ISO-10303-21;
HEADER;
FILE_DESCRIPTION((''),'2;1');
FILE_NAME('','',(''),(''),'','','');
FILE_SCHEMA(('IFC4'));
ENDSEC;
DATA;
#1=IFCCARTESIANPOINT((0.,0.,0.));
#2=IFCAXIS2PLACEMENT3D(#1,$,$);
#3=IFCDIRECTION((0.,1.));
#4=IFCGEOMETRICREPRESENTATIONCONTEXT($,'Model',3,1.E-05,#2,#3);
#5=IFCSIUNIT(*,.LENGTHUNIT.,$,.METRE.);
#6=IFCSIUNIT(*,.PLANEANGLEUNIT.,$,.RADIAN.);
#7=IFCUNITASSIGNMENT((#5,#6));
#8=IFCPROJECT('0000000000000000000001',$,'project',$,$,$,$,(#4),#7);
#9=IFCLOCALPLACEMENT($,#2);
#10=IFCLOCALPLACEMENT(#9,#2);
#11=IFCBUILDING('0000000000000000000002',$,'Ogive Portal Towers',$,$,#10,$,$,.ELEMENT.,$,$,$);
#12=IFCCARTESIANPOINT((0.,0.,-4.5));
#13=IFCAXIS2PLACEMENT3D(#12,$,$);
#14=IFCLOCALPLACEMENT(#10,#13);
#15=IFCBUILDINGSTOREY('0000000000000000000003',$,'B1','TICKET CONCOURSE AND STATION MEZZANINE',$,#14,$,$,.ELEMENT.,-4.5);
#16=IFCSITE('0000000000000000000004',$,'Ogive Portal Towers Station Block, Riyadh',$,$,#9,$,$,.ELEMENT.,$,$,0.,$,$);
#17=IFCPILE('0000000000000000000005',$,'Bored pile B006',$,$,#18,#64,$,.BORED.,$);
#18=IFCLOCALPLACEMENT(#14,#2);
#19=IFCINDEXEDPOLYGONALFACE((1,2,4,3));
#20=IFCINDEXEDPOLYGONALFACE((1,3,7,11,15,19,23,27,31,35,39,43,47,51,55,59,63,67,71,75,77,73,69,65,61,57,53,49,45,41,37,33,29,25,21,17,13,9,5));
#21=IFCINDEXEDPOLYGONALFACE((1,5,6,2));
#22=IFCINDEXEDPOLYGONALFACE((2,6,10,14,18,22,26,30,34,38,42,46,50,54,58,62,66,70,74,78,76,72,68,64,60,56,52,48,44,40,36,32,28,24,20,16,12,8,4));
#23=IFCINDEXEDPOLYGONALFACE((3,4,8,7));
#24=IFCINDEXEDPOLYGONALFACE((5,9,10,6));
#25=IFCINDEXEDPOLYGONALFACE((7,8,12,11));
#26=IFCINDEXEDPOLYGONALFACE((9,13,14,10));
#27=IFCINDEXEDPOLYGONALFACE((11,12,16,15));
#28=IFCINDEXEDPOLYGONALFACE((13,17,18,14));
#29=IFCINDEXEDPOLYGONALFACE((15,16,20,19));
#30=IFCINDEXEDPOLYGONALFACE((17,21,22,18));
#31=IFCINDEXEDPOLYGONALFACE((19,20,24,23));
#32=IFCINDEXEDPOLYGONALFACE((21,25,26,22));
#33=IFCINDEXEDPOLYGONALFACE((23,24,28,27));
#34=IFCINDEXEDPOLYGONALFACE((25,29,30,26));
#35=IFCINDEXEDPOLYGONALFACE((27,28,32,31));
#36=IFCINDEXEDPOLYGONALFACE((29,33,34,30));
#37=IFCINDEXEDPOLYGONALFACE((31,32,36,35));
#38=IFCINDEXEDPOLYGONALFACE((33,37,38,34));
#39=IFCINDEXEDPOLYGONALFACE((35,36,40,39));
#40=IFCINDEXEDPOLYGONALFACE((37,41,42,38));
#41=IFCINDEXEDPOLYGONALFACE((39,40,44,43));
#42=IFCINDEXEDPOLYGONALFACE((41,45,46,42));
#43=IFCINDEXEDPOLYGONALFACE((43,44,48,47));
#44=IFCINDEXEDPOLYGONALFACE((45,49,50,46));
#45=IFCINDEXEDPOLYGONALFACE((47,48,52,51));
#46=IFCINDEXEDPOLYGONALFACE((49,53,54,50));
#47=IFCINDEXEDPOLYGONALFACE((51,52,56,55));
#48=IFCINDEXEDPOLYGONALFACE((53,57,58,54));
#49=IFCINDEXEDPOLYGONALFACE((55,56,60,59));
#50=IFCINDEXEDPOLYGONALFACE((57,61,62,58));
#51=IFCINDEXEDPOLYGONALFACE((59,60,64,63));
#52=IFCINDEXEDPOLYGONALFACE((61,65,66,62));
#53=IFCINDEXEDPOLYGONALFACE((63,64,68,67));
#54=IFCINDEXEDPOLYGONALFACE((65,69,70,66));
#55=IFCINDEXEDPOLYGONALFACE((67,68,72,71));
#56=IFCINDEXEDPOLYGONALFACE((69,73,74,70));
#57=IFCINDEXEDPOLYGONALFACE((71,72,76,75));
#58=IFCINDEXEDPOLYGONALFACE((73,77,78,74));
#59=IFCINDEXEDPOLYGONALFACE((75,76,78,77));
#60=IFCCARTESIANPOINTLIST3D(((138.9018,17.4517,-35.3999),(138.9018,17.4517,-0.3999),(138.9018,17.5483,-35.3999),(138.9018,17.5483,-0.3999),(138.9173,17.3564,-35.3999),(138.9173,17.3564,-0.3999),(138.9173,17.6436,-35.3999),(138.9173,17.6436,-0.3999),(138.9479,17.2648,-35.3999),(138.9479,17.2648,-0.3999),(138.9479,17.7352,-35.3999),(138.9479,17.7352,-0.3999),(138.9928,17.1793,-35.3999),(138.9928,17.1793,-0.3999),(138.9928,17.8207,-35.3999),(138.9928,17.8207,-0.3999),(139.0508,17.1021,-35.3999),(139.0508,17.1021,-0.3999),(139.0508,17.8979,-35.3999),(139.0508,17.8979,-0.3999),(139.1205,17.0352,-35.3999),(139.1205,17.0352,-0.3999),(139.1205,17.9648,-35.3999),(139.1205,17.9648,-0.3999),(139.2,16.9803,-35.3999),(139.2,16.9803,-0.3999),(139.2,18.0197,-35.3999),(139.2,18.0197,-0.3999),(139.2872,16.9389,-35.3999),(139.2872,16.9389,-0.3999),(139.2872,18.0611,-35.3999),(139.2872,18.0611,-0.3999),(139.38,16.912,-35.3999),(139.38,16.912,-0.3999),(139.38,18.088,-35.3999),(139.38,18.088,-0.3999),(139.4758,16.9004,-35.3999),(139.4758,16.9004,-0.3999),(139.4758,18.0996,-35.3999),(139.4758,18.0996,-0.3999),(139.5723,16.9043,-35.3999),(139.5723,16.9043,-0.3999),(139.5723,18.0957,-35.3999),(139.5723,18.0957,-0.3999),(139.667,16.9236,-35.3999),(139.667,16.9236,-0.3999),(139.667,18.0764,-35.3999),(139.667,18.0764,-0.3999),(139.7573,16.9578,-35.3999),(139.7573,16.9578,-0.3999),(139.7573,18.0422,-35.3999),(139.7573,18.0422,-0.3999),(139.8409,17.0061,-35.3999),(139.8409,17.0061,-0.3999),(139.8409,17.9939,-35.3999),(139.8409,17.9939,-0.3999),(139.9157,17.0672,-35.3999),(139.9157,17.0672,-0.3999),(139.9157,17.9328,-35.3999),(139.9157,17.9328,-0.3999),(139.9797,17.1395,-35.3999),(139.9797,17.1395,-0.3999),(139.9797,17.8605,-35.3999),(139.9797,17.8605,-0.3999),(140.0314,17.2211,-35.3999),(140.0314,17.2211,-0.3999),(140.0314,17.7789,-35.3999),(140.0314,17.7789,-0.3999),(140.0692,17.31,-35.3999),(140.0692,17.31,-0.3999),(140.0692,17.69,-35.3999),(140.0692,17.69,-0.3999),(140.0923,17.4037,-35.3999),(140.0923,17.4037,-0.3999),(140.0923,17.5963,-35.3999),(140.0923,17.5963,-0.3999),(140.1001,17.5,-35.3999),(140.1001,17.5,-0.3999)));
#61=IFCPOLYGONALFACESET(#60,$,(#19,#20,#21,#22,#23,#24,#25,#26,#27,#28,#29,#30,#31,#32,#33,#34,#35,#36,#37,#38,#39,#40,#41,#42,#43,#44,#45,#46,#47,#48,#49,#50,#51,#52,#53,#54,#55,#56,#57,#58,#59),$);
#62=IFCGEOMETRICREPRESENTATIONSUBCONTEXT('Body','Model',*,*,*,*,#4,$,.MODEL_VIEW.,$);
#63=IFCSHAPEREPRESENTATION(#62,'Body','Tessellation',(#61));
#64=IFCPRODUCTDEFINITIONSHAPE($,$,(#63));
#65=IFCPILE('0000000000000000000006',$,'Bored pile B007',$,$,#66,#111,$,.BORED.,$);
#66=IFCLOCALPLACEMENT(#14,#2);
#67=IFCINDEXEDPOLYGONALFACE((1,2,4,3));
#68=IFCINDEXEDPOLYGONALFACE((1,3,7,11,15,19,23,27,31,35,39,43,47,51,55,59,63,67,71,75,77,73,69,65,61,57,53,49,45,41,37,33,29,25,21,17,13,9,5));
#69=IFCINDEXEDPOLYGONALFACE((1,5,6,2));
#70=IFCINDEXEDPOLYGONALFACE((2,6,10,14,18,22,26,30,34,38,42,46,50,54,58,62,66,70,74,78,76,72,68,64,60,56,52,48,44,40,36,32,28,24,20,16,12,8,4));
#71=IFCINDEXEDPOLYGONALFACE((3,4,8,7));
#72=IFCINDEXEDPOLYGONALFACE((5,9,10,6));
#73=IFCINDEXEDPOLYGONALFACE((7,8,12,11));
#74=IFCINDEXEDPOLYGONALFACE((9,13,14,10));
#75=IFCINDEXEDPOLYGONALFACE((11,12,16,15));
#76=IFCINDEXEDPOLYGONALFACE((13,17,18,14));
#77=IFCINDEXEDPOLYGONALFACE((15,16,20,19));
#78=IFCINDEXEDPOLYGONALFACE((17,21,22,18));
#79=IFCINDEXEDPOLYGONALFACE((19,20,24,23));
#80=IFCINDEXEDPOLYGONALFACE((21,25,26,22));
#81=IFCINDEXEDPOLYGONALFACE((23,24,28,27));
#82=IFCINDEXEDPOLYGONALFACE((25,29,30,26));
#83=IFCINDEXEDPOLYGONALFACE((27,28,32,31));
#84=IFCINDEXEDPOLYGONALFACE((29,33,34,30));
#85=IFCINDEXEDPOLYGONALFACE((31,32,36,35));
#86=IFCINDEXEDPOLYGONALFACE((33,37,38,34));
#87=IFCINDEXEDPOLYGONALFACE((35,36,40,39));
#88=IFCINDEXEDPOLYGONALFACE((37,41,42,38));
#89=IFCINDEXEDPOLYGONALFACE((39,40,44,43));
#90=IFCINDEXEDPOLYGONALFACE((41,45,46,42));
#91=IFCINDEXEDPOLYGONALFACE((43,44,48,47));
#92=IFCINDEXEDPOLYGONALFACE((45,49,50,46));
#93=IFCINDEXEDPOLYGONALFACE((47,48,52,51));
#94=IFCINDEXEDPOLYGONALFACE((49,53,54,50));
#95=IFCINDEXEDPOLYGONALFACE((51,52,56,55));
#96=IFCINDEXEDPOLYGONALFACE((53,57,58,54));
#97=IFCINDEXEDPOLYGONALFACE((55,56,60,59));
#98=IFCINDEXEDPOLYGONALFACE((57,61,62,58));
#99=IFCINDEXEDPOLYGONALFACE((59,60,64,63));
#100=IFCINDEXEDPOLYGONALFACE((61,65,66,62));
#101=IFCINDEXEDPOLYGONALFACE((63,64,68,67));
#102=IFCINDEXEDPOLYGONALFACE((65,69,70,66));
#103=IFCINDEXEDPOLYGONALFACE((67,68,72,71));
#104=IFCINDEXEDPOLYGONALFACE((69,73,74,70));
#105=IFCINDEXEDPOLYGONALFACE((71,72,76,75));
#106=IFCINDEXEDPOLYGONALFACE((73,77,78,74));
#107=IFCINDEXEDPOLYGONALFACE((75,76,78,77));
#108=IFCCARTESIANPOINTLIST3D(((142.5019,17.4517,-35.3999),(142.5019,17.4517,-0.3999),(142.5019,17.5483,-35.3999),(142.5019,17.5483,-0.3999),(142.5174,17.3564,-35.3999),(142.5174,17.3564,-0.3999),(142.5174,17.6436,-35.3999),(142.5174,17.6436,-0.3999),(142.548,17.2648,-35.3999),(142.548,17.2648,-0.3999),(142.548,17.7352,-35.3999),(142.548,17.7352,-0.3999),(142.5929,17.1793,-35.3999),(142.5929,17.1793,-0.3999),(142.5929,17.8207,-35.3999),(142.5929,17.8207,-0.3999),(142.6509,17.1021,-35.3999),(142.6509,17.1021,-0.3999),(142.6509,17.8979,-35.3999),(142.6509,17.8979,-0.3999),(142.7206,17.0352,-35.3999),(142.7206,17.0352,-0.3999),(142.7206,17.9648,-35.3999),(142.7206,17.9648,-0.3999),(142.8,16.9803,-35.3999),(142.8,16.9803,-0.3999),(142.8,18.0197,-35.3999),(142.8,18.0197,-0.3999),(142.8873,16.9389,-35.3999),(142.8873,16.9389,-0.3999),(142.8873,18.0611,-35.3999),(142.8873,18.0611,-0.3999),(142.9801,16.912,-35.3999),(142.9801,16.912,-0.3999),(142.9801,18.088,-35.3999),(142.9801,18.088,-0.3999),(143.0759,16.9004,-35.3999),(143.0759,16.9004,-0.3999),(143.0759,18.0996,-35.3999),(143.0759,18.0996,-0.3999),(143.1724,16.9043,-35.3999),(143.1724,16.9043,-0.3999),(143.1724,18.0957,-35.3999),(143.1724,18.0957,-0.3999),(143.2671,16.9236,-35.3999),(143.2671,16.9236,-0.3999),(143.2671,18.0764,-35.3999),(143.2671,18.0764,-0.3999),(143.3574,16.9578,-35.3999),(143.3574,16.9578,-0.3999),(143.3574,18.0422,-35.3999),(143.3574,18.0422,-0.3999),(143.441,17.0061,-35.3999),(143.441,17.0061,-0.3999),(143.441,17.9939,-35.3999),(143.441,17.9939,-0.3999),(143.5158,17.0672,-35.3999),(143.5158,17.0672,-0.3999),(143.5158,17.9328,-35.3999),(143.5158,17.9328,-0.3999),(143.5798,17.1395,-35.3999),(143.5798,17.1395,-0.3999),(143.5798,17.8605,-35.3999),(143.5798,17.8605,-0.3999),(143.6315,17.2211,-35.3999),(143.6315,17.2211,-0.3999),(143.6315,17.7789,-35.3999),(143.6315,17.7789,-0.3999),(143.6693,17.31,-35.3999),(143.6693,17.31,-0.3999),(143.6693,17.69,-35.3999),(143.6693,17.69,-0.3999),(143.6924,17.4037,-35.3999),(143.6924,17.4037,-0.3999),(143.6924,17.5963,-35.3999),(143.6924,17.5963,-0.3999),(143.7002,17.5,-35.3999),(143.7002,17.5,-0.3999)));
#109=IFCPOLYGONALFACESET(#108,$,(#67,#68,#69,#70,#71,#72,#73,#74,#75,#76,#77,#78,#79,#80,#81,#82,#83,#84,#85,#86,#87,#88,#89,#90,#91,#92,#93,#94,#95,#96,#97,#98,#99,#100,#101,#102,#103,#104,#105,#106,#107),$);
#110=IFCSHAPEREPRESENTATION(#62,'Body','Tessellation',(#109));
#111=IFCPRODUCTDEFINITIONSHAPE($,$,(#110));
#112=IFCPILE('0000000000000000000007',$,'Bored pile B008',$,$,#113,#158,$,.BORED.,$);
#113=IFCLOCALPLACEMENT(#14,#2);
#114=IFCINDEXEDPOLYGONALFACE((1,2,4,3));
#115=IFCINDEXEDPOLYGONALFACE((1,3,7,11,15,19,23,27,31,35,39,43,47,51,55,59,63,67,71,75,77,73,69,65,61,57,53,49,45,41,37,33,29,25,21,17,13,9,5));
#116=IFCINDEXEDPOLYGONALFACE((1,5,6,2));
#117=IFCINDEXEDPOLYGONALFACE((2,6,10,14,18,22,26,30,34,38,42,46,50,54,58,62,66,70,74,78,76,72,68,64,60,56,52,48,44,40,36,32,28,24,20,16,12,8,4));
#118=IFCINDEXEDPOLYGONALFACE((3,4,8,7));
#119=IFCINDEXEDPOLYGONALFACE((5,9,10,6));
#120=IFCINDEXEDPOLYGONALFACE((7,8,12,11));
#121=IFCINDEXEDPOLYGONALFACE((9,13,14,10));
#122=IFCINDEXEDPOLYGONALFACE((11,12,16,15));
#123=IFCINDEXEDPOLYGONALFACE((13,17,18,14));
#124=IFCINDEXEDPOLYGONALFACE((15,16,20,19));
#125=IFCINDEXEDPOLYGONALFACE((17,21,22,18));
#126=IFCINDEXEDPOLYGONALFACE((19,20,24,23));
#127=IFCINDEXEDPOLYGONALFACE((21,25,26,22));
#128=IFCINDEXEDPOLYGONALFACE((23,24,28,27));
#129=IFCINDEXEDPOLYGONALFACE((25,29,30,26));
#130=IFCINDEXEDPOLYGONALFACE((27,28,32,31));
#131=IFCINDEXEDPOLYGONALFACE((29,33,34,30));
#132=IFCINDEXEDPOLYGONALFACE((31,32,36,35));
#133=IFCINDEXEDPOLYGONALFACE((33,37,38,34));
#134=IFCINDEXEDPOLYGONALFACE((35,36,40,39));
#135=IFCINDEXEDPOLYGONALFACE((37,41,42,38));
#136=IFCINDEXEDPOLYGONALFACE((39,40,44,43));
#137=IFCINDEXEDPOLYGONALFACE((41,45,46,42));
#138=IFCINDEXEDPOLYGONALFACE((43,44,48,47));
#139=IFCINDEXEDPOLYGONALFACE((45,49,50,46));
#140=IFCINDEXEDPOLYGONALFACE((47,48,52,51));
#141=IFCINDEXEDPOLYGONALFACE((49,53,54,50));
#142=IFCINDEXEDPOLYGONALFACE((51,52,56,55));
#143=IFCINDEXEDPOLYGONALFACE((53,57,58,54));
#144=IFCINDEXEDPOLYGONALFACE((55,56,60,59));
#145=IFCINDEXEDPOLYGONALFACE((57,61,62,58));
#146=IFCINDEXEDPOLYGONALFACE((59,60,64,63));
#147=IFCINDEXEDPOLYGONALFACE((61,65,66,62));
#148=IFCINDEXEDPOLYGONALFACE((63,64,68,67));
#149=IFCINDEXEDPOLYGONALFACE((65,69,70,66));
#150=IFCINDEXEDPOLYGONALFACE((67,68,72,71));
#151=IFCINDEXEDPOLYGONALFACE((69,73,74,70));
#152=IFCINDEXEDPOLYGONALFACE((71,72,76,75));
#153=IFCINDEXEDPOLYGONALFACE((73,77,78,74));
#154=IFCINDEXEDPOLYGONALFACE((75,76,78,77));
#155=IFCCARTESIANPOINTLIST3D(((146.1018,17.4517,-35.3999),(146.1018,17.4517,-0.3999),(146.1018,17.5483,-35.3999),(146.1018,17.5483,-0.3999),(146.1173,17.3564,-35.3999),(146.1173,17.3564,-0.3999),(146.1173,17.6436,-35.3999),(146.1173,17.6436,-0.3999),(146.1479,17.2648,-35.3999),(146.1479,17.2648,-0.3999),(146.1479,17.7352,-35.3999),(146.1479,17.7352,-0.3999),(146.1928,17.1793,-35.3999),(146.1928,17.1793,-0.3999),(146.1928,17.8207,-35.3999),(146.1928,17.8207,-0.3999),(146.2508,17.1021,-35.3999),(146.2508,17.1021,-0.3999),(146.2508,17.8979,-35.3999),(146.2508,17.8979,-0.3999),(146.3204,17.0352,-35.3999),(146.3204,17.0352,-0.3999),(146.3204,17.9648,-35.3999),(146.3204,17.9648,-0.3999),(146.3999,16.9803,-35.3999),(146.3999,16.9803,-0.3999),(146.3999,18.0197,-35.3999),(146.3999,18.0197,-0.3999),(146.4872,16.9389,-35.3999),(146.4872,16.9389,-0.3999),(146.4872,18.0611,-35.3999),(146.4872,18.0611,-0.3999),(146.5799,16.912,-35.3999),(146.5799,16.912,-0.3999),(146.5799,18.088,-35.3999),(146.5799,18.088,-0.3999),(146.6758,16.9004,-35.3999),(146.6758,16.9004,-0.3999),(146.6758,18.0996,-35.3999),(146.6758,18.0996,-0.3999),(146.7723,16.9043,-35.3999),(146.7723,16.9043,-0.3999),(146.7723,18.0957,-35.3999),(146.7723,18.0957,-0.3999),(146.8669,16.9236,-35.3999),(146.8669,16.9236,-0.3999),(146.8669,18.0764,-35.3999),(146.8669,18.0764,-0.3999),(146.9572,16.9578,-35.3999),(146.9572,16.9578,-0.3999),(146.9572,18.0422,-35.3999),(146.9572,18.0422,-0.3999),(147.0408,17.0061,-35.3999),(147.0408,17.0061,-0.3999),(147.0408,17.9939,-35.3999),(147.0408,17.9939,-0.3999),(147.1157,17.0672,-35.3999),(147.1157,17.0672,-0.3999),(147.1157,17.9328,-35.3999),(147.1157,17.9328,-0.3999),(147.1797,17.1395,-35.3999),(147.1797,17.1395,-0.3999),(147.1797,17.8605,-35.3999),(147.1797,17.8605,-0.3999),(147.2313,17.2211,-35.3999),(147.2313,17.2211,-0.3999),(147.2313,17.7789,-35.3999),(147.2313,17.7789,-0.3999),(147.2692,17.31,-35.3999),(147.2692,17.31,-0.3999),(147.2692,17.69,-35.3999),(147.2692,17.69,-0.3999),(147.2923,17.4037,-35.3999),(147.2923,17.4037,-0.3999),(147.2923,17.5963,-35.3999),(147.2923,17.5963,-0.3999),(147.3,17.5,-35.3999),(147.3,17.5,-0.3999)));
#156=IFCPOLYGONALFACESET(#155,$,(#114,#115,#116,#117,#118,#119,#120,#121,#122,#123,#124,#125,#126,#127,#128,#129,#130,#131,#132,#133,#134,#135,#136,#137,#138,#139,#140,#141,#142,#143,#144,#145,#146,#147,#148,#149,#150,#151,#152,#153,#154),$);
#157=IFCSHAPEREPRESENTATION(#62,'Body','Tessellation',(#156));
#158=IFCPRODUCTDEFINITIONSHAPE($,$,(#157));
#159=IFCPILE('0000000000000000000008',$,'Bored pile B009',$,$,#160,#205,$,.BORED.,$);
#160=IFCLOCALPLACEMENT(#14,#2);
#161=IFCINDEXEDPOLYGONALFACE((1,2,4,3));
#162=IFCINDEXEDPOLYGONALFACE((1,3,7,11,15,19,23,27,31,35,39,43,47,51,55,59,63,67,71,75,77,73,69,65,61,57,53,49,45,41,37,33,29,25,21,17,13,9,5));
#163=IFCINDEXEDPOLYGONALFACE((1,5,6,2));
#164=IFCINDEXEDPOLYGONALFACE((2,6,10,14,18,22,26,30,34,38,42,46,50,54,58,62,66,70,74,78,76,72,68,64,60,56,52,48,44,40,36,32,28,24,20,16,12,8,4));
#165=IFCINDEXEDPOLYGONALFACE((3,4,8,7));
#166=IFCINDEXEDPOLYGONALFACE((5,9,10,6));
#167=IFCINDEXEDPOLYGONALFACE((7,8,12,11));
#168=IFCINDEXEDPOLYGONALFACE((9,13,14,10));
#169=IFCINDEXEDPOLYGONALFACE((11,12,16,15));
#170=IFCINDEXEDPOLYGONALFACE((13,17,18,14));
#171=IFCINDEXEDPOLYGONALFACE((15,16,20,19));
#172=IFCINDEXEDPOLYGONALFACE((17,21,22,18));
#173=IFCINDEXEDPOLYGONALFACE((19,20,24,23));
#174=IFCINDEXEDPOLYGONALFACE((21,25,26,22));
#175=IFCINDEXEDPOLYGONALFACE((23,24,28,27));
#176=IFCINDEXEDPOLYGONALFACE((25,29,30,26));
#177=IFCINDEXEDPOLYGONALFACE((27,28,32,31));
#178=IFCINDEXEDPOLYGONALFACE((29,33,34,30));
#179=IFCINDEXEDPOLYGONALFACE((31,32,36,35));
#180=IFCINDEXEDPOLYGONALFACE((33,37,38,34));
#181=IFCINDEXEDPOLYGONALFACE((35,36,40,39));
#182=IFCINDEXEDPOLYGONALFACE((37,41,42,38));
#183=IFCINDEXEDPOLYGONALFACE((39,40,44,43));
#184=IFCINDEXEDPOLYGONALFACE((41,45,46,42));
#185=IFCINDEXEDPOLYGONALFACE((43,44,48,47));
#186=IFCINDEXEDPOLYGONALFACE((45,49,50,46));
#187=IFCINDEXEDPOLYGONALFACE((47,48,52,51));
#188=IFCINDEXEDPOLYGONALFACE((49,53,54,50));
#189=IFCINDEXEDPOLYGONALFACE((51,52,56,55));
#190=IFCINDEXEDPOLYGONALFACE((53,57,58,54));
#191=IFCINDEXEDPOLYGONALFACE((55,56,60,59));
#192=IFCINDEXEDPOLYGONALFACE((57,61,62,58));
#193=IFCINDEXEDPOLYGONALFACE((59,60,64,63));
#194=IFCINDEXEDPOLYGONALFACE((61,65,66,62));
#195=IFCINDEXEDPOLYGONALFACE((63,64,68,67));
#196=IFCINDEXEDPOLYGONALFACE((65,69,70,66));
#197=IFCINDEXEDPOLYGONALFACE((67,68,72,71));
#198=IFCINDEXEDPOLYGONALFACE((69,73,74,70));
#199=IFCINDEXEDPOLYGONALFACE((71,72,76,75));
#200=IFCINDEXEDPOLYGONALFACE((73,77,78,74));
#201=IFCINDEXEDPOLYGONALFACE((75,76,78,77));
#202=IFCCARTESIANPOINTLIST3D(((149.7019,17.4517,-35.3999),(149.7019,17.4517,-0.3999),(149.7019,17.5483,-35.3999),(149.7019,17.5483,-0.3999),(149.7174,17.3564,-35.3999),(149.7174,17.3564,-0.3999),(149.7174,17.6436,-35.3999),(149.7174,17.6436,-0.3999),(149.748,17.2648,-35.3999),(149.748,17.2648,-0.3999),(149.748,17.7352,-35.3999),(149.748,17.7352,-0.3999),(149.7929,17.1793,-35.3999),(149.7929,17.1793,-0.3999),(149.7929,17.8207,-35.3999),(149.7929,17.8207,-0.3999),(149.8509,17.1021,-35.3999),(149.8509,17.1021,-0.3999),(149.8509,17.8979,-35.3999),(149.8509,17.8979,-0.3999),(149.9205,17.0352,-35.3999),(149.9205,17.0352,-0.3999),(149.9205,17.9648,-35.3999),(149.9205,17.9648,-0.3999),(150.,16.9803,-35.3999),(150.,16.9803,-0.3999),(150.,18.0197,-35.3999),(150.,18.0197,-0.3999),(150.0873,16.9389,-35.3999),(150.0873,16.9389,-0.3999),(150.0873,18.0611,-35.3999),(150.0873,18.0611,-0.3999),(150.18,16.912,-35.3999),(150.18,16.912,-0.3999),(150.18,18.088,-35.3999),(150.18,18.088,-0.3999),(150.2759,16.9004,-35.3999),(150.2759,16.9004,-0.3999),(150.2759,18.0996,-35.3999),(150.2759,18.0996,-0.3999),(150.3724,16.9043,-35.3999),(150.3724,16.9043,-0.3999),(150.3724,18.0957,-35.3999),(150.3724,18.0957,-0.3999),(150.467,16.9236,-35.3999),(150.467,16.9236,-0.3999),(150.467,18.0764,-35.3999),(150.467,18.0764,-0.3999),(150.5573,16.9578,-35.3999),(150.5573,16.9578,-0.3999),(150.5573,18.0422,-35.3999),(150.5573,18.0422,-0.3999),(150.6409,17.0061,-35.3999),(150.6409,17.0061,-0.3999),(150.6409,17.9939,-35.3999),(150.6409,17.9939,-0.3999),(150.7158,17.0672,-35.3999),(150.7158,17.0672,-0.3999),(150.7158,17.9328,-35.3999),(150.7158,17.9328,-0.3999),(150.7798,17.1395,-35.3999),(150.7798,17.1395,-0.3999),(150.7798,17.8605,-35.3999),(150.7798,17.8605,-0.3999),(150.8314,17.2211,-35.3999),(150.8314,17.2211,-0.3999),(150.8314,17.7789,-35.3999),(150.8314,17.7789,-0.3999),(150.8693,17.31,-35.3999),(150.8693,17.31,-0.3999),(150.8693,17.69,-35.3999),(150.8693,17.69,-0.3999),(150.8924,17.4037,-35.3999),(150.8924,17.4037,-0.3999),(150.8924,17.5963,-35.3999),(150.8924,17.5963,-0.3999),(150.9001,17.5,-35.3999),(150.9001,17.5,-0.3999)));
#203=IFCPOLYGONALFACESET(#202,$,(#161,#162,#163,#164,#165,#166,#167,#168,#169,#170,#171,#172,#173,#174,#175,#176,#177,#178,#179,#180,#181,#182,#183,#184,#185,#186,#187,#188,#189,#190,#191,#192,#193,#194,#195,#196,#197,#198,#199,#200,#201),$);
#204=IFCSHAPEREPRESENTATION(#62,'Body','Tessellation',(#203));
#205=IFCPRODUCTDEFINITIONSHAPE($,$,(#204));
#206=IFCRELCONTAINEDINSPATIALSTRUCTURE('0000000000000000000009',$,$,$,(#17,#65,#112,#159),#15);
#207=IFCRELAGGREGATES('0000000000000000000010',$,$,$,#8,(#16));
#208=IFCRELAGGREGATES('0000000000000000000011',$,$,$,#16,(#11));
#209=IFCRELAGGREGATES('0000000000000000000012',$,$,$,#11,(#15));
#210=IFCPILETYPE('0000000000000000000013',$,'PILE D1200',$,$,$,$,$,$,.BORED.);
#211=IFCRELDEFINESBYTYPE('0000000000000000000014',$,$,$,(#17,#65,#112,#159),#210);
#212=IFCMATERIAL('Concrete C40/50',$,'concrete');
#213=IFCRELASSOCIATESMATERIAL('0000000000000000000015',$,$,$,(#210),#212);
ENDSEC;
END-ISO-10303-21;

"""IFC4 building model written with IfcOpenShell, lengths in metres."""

from ifc_helpers import new_model, si_unit, direction, frame, origin, origin_2d, place, context, subcontext, project, spatial, circle, extrude, material, material_profile, profile_set, type_object, element, save


model = new_model("IFC4")

# Units and contexts
model_context = context("Model", 3, precision=1e-05, world=origin(), true_north=direction((0.0, 1.0)))
body_context = subcontext(model_context, "Body", "Model", "MODEL_VIEW")
ifc_project = project(units=[si_unit("LENGTHUNIT", "METRE"), si_unit("PLANEANGLEUNIT", "RADIAN")], contexts=[model_context])

# Site, building, storey
site_placement = place(None, origin())
site = spatial("IfcSite", under=ifc_project, at=site_placement, Name="Ogive Portal Towers Station Block, Riyadh", CompositionType="ELEMENT", RefElevation=0.0)
building_placement = place(site_placement, origin())
building = spatial("IfcBuilding", under=site, at=building_placement, Name="Ogive Portal Towers", CompositionType="ELEMENT")
storey_placement = place(building_placement, frame((0.0, 0.0, -4.5)))
storey = spatial("IfcBuildingStorey", under=building, at=storey_placement, Name="B1", Description="TICKET CONCOURSE AND STATION MEZZANINE", CompositionType="ELEMENT", Elevation=-4.5)

# Piles
ifc_material_1 = material(Name="Concrete C40/50", Category="concrete")
ifc_material_profile_1 = material_profile(ifc_material_1, circle(Radius=0.6001, at=origin_2d()), Name="PILE D1200")
ifc_profile_set_1 = profile_set([ifc_material_profile_1], Name="Concrete C40/50")
pile_type = type_object("IfcPileType", Name="PILE D1200", PredefinedType="BORED", material=ifc_profile_set_1)
for number, where, z_axis, x_axis, name in (
    (1, (139.5, 17.5, -0.3999), (0.0, 0.0, -1.0), (1.0, 0.0, 0.0), "Bored pile B006"),
    (2, (143.1001, 17.5, -0.3999), (0.0, 0.0, -1.0), (1.0, 0.0, 0.0), "Bored pile B007"),
    (3, (146.7, 17.5, -0.3999), (0.0, 0.0, -1.0), (1.0, 0.0, 0.0), "Bored pile B008"),
    (4, (150.3, 17.5, -0.3999), (0.0, 0.0, -1.0), (1.0, 0.0, 0.0), "Bored pile B009"),
):
    element("IfcPile", number, at=place(storey_placement, frame(where, z_axis=z_axis, x_axis=x_axis)), inside=storey, type_object=pile_type, Name=name, PredefinedType="BORED", context=body_context, shape_type="SweptSolid", body=[
        extrude(circle(Radius=0.6001, at=origin_2d()), origin(), (0.0, 0.0, 1.0), 35.0),
    ])

save(model, "model.ifc")
